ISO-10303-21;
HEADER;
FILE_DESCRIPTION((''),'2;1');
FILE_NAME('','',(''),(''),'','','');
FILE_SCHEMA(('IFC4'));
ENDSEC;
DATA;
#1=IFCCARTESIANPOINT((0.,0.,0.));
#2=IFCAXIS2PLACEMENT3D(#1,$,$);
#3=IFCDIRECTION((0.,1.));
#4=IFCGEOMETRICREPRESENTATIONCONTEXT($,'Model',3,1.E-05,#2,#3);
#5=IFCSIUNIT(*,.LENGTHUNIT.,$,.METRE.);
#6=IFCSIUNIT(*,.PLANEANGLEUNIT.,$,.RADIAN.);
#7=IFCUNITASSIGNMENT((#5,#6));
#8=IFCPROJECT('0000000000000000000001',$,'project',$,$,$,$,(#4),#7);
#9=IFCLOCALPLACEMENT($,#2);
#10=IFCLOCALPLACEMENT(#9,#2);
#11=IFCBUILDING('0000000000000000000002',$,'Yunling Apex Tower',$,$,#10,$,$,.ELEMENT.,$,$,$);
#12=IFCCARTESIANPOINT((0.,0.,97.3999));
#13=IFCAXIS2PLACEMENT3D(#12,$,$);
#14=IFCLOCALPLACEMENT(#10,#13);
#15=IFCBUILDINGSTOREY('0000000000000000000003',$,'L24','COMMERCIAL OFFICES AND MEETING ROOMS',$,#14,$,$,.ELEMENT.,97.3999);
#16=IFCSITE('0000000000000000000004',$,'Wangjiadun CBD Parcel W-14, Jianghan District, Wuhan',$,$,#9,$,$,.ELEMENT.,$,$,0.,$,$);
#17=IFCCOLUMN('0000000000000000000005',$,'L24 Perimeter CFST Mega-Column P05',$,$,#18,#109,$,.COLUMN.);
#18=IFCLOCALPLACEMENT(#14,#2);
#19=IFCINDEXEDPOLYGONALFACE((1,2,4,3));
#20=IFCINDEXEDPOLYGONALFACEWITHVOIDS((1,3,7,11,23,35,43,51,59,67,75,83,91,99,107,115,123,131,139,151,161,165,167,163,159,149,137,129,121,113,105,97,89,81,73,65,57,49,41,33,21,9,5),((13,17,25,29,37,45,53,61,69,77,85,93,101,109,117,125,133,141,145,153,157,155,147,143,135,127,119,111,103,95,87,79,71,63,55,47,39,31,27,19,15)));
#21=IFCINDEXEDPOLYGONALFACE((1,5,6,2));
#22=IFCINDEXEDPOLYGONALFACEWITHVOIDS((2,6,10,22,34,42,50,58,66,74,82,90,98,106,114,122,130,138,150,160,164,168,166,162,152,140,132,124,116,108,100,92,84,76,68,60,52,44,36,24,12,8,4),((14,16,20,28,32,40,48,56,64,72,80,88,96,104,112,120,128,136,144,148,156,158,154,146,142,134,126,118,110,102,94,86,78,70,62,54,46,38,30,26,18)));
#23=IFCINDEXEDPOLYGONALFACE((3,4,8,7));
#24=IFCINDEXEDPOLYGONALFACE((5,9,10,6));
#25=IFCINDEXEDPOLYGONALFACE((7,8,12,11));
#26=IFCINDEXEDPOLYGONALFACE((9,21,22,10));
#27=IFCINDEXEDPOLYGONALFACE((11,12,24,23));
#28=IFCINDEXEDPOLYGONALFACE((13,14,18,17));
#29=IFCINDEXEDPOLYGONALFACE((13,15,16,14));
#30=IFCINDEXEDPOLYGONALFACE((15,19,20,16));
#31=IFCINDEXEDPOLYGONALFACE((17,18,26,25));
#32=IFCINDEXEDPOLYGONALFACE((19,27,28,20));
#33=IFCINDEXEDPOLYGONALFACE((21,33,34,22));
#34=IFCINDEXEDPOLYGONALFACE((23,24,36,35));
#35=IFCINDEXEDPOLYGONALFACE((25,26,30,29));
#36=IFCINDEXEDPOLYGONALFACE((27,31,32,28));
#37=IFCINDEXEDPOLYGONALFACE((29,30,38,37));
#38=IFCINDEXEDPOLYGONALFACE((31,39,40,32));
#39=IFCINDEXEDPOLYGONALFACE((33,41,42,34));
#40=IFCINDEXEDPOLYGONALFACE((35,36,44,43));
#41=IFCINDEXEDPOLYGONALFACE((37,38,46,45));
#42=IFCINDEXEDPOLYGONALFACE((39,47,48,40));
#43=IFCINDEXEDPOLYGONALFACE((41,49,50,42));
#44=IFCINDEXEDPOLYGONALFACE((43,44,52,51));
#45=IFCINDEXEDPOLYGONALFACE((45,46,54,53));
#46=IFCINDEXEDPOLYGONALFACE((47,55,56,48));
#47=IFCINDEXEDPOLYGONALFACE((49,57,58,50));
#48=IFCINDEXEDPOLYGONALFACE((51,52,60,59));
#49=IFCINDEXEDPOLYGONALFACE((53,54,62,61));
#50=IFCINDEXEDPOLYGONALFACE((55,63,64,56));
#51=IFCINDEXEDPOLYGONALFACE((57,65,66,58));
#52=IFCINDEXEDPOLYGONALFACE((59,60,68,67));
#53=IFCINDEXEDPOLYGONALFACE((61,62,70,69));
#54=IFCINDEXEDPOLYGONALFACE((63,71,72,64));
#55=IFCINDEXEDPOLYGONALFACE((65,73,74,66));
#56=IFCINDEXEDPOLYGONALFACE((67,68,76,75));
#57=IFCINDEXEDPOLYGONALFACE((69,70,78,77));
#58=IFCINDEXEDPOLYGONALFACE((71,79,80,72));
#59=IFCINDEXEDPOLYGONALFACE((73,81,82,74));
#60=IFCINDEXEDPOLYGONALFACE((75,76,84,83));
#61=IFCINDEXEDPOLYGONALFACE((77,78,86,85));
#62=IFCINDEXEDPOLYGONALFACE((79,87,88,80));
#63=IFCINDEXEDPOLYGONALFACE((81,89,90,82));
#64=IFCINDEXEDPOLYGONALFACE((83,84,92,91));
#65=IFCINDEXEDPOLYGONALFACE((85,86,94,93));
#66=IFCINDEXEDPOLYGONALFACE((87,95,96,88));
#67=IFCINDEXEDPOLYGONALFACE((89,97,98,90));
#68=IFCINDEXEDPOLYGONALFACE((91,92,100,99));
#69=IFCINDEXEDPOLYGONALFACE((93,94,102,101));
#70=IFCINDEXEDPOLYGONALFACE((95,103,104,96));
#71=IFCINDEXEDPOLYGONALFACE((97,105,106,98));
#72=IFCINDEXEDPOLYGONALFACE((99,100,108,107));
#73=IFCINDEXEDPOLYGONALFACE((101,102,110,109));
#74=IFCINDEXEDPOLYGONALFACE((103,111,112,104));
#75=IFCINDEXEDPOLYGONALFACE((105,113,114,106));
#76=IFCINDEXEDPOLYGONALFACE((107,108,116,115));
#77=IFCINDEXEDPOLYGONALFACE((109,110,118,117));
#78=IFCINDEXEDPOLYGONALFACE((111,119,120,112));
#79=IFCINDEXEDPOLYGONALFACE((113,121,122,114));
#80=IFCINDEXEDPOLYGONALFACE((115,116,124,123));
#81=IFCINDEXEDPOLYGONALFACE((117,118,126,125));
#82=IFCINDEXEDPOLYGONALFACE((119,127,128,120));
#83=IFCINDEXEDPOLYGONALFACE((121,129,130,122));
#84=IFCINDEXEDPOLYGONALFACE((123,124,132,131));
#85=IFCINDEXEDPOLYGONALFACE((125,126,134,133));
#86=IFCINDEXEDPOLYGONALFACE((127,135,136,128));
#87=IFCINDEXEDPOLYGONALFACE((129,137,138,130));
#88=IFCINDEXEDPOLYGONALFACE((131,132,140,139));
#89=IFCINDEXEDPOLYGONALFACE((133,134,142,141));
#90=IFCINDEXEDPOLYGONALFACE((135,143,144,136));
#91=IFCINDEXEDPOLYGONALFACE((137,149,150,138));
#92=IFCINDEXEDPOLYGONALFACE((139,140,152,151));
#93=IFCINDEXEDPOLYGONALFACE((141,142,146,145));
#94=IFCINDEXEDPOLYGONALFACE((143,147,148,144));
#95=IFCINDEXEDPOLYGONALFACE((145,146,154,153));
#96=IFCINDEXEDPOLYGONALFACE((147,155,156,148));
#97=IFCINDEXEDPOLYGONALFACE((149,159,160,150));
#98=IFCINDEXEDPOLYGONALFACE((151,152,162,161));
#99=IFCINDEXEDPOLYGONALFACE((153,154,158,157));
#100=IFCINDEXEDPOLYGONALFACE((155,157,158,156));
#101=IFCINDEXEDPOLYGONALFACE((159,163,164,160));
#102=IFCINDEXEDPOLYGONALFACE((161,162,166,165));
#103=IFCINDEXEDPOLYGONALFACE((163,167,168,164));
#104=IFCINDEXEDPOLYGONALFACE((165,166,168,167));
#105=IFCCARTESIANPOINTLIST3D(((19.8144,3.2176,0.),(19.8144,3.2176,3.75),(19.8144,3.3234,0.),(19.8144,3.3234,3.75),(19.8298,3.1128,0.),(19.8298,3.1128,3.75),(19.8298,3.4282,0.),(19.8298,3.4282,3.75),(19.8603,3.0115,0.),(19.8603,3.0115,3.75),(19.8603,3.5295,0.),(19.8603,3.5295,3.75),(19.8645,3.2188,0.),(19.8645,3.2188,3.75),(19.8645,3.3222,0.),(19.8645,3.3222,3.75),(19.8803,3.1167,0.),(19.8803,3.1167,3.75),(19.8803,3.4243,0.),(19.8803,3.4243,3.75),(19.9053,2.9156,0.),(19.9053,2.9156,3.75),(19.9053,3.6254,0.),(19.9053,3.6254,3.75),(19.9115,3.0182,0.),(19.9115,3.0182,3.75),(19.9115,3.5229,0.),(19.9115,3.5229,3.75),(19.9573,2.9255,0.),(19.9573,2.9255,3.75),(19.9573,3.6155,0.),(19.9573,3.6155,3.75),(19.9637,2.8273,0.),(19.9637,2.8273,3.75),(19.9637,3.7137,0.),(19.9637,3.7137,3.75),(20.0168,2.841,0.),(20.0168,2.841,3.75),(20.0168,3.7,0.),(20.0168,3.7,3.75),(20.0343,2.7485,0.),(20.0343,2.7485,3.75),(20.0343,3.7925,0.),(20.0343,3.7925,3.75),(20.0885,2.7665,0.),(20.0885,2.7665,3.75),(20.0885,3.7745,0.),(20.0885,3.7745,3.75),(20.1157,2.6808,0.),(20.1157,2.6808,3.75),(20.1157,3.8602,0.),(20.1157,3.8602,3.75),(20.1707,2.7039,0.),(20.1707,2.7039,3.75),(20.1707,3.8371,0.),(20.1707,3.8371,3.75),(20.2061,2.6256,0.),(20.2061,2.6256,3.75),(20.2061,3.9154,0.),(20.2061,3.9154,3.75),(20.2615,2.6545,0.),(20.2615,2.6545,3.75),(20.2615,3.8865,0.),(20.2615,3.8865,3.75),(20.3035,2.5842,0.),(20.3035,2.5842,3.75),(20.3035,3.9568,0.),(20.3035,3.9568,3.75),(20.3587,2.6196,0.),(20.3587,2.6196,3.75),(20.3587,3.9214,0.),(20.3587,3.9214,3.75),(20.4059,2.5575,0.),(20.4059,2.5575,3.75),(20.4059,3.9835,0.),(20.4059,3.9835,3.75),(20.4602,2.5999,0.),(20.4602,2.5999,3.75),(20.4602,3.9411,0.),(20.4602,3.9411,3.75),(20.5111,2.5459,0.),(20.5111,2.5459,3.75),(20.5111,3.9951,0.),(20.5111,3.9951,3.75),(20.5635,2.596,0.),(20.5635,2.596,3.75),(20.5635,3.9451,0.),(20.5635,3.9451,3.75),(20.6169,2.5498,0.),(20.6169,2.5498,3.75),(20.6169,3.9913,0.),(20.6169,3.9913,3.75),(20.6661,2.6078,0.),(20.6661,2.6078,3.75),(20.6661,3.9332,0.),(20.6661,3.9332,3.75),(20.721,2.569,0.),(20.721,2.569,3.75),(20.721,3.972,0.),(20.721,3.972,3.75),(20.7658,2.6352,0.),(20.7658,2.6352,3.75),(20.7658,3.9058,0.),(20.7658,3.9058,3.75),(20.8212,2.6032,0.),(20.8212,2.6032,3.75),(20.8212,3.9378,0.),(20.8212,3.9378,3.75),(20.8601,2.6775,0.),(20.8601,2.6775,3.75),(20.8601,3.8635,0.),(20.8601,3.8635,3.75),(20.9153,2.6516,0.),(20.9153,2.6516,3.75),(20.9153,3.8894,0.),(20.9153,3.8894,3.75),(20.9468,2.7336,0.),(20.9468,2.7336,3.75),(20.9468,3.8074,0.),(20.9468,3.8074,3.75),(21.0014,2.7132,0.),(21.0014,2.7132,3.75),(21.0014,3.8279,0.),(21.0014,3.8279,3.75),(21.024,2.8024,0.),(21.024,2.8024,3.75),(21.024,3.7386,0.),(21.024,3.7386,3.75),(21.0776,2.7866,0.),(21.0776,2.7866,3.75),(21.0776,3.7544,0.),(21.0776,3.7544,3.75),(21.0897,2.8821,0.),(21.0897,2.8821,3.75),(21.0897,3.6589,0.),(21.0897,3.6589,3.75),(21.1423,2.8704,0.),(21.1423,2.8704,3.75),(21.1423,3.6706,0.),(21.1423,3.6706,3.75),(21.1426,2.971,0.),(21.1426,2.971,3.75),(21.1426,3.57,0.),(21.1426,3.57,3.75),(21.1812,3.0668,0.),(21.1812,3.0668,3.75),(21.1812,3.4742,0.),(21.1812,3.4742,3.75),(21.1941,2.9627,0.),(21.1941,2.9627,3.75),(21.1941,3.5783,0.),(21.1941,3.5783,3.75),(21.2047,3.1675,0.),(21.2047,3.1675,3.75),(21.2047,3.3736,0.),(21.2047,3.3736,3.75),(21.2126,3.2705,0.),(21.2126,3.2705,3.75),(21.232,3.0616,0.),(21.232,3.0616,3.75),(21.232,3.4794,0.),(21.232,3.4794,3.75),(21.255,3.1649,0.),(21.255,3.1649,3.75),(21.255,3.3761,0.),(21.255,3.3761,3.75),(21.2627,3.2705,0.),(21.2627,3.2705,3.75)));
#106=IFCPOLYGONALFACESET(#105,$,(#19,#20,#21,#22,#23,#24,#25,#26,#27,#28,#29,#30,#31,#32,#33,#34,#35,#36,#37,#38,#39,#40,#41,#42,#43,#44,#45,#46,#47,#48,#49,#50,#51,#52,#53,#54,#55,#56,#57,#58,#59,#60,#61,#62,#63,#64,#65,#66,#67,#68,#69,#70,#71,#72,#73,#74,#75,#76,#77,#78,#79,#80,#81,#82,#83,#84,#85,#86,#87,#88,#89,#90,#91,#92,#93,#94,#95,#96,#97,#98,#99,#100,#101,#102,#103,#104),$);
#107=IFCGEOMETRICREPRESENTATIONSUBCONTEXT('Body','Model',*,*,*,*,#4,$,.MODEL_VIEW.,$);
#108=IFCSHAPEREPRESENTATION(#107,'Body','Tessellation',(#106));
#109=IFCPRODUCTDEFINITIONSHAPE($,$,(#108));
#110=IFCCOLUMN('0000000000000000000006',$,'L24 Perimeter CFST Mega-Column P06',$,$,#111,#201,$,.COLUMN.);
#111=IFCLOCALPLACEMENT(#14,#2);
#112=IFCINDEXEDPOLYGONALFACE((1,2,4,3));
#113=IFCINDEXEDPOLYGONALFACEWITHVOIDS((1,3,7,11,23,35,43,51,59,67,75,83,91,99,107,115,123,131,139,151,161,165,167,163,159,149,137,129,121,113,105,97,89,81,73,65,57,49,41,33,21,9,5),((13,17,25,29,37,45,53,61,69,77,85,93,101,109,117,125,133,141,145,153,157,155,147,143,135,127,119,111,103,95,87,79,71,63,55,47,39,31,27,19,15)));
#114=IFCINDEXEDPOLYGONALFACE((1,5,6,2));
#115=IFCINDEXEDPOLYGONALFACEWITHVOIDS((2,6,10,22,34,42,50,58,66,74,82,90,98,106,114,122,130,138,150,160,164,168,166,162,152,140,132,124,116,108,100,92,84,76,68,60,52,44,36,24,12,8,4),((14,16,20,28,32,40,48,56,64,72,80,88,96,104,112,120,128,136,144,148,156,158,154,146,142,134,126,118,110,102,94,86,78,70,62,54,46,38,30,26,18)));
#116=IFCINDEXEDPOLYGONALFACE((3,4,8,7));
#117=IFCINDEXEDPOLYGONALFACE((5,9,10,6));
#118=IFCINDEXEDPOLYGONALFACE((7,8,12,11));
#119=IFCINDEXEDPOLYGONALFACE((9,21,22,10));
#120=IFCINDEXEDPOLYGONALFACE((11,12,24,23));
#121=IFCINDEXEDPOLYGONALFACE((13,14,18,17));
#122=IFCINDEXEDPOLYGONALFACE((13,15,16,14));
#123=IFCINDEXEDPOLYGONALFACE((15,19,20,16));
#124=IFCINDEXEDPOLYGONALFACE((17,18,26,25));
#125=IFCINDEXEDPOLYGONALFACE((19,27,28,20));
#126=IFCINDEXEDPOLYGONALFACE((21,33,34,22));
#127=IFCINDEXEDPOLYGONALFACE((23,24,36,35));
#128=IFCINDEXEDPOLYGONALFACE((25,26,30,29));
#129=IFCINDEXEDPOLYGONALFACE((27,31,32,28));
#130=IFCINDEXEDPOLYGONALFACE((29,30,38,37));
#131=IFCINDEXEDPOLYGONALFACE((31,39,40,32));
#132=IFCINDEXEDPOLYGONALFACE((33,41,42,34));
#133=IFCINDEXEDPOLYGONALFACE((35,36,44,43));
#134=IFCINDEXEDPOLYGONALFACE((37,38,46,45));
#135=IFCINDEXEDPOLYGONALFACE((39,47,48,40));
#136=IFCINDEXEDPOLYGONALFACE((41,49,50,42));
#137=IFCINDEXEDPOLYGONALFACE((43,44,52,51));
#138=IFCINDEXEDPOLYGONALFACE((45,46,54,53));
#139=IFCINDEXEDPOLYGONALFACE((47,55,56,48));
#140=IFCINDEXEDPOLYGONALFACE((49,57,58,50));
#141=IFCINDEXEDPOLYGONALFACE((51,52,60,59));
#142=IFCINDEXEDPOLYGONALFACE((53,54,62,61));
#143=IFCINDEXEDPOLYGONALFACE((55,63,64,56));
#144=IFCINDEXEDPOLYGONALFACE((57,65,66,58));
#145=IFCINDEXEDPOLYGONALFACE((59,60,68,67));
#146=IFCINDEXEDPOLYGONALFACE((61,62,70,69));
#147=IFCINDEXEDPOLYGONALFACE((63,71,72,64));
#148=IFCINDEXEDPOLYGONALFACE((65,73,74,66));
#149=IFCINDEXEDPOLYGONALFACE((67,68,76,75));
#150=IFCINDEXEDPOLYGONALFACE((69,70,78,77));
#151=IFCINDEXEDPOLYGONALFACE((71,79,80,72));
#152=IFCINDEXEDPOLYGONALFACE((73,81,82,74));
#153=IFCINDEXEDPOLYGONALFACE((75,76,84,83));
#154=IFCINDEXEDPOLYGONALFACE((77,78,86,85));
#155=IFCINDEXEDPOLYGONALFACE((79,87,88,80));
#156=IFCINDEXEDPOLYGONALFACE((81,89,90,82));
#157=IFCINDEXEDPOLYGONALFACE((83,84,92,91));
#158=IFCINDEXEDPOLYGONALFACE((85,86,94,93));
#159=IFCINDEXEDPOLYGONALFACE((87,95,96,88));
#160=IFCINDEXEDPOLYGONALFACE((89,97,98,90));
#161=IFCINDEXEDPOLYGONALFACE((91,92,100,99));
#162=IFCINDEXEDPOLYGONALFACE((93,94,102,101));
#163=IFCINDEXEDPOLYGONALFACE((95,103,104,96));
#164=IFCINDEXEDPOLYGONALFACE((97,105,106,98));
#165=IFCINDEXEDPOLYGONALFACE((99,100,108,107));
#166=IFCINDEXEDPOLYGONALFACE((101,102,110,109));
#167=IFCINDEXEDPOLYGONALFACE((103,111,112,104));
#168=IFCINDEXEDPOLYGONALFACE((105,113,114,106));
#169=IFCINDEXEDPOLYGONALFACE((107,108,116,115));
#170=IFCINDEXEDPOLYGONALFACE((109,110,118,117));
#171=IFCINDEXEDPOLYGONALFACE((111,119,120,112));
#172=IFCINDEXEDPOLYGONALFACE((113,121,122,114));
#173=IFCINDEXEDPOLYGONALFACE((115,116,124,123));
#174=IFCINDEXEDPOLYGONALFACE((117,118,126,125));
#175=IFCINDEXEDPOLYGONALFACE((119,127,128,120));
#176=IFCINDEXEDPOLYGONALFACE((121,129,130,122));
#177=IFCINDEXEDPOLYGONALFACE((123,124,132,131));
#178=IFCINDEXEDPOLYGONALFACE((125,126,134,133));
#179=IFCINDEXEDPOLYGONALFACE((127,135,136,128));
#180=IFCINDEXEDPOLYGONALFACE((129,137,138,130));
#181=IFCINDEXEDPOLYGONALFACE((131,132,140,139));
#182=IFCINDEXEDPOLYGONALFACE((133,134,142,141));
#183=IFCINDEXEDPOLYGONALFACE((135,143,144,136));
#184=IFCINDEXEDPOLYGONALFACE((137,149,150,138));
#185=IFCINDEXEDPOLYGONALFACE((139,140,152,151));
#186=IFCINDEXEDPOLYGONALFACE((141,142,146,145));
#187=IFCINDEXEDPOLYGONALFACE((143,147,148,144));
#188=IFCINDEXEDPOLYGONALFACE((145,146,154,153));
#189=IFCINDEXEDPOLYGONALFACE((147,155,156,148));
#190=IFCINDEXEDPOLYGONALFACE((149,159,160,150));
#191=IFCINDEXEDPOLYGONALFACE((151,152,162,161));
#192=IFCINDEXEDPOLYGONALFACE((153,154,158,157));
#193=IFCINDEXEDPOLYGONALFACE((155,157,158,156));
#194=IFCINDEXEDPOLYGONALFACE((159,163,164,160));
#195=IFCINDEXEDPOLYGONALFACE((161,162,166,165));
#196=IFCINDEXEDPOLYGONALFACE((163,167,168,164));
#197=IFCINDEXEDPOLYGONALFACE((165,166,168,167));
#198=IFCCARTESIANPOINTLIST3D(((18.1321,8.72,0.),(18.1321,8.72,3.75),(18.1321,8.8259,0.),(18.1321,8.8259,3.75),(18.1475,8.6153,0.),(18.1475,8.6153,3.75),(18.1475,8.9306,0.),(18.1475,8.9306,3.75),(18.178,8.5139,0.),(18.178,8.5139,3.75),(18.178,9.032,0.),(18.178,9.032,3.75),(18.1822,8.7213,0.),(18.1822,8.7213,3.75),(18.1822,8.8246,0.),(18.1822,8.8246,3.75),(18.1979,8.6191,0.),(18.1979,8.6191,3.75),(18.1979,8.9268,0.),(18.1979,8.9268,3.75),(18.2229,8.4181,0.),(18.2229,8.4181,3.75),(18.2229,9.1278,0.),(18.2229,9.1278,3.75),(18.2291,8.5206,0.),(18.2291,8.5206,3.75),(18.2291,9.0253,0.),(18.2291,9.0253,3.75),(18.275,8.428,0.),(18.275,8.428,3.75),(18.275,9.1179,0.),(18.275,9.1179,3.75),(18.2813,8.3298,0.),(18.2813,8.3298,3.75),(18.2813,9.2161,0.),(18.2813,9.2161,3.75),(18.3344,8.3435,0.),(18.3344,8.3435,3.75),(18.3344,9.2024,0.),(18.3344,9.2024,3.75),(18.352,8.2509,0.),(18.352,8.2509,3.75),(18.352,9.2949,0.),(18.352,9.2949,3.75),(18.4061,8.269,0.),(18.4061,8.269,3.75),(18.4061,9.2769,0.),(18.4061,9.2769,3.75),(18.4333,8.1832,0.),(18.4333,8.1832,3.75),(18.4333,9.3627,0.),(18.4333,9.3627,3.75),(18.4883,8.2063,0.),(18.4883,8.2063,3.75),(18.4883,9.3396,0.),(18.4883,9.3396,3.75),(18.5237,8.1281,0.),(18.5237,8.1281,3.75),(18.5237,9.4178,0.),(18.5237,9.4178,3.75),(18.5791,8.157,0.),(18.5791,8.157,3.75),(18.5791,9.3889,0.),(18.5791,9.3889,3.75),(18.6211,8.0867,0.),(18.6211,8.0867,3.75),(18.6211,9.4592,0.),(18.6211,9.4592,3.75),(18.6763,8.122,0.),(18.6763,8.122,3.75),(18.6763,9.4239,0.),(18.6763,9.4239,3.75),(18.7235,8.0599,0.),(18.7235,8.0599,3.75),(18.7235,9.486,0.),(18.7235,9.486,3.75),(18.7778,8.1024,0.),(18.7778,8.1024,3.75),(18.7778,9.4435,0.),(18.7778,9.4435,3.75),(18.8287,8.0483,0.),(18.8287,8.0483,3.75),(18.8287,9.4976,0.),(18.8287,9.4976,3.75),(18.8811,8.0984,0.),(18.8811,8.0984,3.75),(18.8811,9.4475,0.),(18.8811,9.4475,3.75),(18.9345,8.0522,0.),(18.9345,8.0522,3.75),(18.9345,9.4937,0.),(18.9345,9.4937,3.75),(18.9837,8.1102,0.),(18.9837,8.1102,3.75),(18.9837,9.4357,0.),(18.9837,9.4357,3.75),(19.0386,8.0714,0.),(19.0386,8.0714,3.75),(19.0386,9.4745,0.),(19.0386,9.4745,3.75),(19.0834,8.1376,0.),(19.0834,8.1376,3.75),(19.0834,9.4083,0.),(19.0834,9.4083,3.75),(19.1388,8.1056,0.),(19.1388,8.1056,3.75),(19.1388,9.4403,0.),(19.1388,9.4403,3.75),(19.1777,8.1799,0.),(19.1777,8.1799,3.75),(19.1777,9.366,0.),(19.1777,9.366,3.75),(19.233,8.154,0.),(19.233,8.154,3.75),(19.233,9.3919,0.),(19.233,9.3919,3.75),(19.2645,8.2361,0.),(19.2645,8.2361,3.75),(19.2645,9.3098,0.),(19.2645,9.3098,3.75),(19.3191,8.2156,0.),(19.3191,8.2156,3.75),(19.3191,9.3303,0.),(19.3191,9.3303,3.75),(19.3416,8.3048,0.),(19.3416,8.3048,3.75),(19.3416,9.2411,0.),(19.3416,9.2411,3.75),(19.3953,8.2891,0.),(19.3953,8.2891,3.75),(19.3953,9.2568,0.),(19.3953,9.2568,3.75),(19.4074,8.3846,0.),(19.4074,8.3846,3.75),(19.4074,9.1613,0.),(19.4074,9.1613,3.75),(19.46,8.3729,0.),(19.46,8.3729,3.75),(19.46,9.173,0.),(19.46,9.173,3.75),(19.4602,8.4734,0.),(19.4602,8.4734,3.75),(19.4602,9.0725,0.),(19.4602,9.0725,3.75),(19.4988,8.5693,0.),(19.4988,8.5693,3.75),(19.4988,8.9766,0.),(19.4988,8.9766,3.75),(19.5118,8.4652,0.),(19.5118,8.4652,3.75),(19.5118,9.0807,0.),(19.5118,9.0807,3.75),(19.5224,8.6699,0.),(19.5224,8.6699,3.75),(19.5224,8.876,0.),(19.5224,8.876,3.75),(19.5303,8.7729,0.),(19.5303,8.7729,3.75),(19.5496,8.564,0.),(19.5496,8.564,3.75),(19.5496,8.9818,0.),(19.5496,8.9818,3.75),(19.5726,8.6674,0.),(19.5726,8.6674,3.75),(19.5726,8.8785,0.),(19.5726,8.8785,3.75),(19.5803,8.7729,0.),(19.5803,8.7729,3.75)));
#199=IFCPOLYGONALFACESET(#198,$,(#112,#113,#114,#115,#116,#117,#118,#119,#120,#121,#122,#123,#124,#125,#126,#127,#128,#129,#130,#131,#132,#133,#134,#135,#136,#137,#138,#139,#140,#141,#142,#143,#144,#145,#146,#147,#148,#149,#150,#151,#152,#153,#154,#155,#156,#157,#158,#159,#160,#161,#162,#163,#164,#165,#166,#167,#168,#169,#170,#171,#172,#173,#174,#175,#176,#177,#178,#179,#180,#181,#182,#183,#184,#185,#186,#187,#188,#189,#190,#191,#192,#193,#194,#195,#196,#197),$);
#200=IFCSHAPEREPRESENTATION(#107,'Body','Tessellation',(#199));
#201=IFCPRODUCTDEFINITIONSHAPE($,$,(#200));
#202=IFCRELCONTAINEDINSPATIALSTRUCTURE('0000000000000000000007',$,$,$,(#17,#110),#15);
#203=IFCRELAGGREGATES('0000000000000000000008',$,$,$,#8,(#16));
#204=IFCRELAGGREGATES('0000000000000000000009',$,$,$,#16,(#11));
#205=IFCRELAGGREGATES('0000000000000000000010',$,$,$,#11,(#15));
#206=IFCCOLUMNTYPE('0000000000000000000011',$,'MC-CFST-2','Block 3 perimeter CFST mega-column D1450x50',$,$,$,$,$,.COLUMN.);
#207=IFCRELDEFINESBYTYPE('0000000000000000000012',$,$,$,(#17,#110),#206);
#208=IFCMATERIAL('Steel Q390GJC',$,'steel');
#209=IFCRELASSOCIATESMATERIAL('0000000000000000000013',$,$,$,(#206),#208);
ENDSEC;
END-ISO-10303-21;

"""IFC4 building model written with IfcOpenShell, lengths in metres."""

from ifc_helpers import new_model, si_unit, direction, frame, origin, origin_2d, place, context, subcontext, project, spatial, hollow_circle, extrude, source, transform, mapped, material, material_profile, profile_set, type_object, element, save


model = new_model("IFC4")

# Units and contexts
model_context = context("Model", 3, precision=1e-05, world=origin(), true_north=direction((0.0, 1.0)))
body_context = subcontext(model_context, "Body", "Model", "MODEL_VIEW")
ifc_project = project(units=[si_unit("LENGTHUNIT", "METRE"), si_unit("PLANEANGLEUNIT", "RADIAN")], contexts=[model_context])

# Site, building, storey
site_placement = place(None, origin())
site = spatial("IfcSite", under=ifc_project, at=site_placement, Name="Wangjiadun CBD Parcel W-14, Jianghan District, Wuhan", CompositionType="ELEMENT", RefElevation=0.0)
building_placement = place(site_placement, origin())
building = spatial("IfcBuilding", under=site, at=building_placement, Name="Yunling Apex Tower", CompositionType="ELEMENT")
storey_placement = place(building_placement, frame((0.0, 0.0, 97.3999)))
storey = spatial("IfcBuildingStorey", under=building, at=storey_placement, Name="L24", Description="COMMERCIAL OFFICES AND MEETING ROOMS", CompositionType="ELEMENT", Elevation=97.3999)

# Columns
ifc_material_1 = material(Name="Steel Q390GJC", Category="steel")
ifc_material_profile_1 = material_profile(ifc_material_1, hollow_circle(Radius=0.7251, WallThickness=0.05, at=origin_2d()))
ifc_profile_set_1 = profile_set([ifc_material_profile_1], Name="Steel Q390GJC")
column_type = type_object("IfcColumnType", Name="MC-CFST-2", Description="Block 3 perimeter CFST mega-column D1450x50", PredefinedType="COLUMN", material=ifc_profile_set_1)
shared_shape_1 = source(origin(), body_context, "Body", "SweptSolid", [
    extrude(hollow_circle(Radius=0.7251, WallThickness=0.05, at=origin_2d()), origin(), (0.0, 0.0, 1.0), 3.75),
])
for number, where, z_axis, x_axis, name in (
    (1, (20.5376, 3.2705, 0.0), (0.0, 0.0, 1.0), (1.0, 0.0, 0.0), "L24 Perimeter CFST Mega-Column P05"),
    (2, (18.8552, 8.7729, 0.0), (0.0, 0.0, 1.0), (1.0, 0.0, 0.0), "L24 Perimeter CFST Mega-Column P06"),
):
    element("IfcColumn", number, at=place(storey_placement, frame(where, z_axis=z_axis, x_axis=x_axis)), inside=storey, type_object=column_type, Name=name, PredefinedType="COLUMN", context=body_context, shape_type="MappedRepresentation", body=[
        mapped(shared_shape_1, transform((0.0, 0.0, 0.0), scale=1.0)),
    ])

save(model, "model.ifc")
